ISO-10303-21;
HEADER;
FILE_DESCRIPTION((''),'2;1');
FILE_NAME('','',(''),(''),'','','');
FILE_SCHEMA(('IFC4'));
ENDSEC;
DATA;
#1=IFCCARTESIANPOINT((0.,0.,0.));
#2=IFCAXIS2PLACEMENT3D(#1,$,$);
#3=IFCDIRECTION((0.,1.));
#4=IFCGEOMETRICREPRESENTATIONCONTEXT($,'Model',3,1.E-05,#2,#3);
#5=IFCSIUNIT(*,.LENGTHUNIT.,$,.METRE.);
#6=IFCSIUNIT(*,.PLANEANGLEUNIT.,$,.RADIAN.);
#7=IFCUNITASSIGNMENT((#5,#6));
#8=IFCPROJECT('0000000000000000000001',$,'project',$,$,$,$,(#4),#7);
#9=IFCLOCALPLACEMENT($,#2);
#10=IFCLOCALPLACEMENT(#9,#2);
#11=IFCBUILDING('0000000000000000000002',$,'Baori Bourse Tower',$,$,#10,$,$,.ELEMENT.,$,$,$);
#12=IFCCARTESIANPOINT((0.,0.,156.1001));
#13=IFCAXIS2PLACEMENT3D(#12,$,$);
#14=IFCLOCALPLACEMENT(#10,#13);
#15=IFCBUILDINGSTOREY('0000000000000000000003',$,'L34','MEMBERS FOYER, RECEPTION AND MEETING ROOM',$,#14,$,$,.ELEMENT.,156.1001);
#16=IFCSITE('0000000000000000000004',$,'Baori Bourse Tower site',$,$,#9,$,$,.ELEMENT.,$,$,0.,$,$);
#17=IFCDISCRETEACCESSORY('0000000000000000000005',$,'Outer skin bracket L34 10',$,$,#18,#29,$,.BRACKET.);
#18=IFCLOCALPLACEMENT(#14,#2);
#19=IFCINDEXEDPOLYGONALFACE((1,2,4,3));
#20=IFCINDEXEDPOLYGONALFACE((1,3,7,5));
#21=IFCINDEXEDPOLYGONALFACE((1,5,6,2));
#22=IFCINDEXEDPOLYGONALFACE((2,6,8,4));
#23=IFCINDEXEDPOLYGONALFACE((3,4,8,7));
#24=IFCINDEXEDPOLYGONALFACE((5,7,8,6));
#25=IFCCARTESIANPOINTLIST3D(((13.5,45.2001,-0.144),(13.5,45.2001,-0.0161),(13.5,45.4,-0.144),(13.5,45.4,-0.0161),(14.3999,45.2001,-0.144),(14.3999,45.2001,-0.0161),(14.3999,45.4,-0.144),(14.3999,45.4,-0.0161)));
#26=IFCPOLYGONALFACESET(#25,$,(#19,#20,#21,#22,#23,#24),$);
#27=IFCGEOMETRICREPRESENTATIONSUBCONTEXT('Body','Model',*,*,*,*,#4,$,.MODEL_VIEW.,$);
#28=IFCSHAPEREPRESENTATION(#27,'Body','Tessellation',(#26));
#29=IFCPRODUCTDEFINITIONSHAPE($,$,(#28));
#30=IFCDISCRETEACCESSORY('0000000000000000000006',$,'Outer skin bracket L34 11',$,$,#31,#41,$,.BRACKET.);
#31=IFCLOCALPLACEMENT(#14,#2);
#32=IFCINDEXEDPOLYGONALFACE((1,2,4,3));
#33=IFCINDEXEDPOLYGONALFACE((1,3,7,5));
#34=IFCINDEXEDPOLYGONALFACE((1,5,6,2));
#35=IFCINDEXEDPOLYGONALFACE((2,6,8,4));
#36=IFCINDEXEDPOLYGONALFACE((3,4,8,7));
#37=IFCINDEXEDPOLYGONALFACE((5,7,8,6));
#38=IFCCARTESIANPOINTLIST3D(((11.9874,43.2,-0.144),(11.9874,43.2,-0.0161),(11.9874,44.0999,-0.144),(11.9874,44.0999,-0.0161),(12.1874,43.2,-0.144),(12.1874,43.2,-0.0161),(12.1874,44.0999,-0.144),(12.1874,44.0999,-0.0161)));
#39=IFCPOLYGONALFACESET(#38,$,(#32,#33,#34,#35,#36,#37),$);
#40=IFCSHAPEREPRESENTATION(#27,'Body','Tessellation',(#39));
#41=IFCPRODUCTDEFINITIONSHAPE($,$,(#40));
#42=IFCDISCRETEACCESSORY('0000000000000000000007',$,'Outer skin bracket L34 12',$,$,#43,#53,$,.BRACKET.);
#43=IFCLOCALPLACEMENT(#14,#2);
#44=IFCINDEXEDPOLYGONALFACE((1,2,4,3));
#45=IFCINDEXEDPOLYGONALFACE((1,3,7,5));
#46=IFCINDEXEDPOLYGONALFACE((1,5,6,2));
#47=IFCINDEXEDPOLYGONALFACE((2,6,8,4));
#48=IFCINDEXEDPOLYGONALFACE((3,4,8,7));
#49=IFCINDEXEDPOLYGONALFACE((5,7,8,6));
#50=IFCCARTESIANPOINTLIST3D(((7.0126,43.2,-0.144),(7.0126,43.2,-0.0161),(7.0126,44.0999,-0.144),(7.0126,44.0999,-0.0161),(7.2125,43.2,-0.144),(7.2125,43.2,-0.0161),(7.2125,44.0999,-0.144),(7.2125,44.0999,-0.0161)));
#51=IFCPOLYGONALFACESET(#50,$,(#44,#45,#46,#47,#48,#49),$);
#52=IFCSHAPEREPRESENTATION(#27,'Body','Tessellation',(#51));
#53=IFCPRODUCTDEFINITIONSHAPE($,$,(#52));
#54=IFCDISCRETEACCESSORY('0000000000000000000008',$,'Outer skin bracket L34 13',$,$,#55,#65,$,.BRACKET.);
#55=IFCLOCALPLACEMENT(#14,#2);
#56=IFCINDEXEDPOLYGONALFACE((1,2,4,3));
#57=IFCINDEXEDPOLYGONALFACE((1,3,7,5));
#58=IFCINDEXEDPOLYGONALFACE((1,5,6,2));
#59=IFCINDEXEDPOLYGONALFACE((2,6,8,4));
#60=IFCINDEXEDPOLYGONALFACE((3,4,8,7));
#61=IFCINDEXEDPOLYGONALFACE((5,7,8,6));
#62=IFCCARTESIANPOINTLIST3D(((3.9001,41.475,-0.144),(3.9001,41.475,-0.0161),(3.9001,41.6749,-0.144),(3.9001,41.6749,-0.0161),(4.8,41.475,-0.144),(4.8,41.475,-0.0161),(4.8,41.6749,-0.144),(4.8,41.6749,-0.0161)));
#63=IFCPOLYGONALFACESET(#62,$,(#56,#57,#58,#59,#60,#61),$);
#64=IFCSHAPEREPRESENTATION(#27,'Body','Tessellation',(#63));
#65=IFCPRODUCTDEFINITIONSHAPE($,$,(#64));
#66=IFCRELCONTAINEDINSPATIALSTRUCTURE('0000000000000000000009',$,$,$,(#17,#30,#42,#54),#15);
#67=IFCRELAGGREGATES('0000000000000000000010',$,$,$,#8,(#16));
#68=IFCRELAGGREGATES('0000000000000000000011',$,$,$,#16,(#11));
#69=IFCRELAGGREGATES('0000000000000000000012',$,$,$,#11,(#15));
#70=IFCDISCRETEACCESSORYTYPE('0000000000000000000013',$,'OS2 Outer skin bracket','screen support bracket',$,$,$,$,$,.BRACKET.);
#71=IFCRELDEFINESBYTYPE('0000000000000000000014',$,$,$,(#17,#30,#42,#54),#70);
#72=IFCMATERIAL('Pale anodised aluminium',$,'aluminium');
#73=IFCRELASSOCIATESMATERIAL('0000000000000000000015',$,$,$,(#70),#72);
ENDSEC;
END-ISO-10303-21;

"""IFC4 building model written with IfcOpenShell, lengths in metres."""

from ifc_helpers import new_model, si_unit, direction, frame, origin, origin_2d, place, context, subcontext, project, spatial, rectangle, extrude, material, type_object, element, save


model = new_model("IFC4")

# Units and contexts
model_context = context("Model", 3, precision=1e-05, world=origin(), true_north=direction((0.0, 1.0)))
body_context = subcontext(model_context, "Body", "Model", "MODEL_VIEW")
ifc_project = project(units=[si_unit("LENGTHUNIT", "METRE"), si_unit("PLANEANGLEUNIT", "RADIAN")], contexts=[model_context])

# Site, building, storey
site_placement = place(None, origin())
site = spatial("IfcSite", under=ifc_project, at=site_placement, Name="Baori Bourse Tower site", CompositionType="ELEMENT", RefElevation=0.0)
building_placement = place(site_placement, origin())
building = spatial("IfcBuilding", under=site, at=building_placement, Name="Baori Bourse Tower", CompositionType="ELEMENT")
storey_placement = place(building_placement, frame((0.0, 0.0, 156.1001)))
storey = spatial("IfcBuildingStorey", under=building, at=storey_placement, Name="L34", Description="MEMBERS FOYER, RECEPTION AND MEETING ROOM", CompositionType="ELEMENT", Elevation=156.1001)

# Discrete accessories
ifc_material_1 = material(Name="Pale anodised aluminium", Category="aluminium")
discrete_accessory_type = type_object("IfcDiscreteAccessoryType", Name="OS2 Outer skin bracket", Description="screen support bracket", PredefinedType="BRACKET", material=ifc_material_1)
for number, where, z_axis, x_axis, name in (
    (1, (13.95, 45.3, -0.144), (0.0, 0.0, 1.0), (0.0, -1.0, 0.0), "Outer skin bracket L34 10"),
    (2, (12.0874, 43.6499, -0.144), (0.0, 0.0, 1.0), (-1.0, 0.0, 0.0), "Outer skin bracket L34 11"),
    (3, (7.1125, 43.6499, -0.144), (0.0, 0.0, 1.0), (-1.0, 0.0, 0.0), "Outer skin bracket L34 12"),
    (4, (4.3501, 41.575, -0.144), (0.0, 0.0, 1.0), (0.0, -1.0, 0.0), "Outer skin bracket L34 13"),
):
    element("IfcDiscreteAccessory", number, at=place(storey_placement, frame(where, z_axis=z_axis, x_axis=x_axis)), inside=storey, type_object=discrete_accessory_type, Name=name, PredefinedType="BRACKET", context=body_context, shape_type="SweptSolid", body=[
        extrude(rectangle(XDim=0.2, YDim=0.8999, at=origin_2d()), origin(), (0.0, 0.0, 1.0), 0.1279),
    ])

save(model, "model.ifc")
